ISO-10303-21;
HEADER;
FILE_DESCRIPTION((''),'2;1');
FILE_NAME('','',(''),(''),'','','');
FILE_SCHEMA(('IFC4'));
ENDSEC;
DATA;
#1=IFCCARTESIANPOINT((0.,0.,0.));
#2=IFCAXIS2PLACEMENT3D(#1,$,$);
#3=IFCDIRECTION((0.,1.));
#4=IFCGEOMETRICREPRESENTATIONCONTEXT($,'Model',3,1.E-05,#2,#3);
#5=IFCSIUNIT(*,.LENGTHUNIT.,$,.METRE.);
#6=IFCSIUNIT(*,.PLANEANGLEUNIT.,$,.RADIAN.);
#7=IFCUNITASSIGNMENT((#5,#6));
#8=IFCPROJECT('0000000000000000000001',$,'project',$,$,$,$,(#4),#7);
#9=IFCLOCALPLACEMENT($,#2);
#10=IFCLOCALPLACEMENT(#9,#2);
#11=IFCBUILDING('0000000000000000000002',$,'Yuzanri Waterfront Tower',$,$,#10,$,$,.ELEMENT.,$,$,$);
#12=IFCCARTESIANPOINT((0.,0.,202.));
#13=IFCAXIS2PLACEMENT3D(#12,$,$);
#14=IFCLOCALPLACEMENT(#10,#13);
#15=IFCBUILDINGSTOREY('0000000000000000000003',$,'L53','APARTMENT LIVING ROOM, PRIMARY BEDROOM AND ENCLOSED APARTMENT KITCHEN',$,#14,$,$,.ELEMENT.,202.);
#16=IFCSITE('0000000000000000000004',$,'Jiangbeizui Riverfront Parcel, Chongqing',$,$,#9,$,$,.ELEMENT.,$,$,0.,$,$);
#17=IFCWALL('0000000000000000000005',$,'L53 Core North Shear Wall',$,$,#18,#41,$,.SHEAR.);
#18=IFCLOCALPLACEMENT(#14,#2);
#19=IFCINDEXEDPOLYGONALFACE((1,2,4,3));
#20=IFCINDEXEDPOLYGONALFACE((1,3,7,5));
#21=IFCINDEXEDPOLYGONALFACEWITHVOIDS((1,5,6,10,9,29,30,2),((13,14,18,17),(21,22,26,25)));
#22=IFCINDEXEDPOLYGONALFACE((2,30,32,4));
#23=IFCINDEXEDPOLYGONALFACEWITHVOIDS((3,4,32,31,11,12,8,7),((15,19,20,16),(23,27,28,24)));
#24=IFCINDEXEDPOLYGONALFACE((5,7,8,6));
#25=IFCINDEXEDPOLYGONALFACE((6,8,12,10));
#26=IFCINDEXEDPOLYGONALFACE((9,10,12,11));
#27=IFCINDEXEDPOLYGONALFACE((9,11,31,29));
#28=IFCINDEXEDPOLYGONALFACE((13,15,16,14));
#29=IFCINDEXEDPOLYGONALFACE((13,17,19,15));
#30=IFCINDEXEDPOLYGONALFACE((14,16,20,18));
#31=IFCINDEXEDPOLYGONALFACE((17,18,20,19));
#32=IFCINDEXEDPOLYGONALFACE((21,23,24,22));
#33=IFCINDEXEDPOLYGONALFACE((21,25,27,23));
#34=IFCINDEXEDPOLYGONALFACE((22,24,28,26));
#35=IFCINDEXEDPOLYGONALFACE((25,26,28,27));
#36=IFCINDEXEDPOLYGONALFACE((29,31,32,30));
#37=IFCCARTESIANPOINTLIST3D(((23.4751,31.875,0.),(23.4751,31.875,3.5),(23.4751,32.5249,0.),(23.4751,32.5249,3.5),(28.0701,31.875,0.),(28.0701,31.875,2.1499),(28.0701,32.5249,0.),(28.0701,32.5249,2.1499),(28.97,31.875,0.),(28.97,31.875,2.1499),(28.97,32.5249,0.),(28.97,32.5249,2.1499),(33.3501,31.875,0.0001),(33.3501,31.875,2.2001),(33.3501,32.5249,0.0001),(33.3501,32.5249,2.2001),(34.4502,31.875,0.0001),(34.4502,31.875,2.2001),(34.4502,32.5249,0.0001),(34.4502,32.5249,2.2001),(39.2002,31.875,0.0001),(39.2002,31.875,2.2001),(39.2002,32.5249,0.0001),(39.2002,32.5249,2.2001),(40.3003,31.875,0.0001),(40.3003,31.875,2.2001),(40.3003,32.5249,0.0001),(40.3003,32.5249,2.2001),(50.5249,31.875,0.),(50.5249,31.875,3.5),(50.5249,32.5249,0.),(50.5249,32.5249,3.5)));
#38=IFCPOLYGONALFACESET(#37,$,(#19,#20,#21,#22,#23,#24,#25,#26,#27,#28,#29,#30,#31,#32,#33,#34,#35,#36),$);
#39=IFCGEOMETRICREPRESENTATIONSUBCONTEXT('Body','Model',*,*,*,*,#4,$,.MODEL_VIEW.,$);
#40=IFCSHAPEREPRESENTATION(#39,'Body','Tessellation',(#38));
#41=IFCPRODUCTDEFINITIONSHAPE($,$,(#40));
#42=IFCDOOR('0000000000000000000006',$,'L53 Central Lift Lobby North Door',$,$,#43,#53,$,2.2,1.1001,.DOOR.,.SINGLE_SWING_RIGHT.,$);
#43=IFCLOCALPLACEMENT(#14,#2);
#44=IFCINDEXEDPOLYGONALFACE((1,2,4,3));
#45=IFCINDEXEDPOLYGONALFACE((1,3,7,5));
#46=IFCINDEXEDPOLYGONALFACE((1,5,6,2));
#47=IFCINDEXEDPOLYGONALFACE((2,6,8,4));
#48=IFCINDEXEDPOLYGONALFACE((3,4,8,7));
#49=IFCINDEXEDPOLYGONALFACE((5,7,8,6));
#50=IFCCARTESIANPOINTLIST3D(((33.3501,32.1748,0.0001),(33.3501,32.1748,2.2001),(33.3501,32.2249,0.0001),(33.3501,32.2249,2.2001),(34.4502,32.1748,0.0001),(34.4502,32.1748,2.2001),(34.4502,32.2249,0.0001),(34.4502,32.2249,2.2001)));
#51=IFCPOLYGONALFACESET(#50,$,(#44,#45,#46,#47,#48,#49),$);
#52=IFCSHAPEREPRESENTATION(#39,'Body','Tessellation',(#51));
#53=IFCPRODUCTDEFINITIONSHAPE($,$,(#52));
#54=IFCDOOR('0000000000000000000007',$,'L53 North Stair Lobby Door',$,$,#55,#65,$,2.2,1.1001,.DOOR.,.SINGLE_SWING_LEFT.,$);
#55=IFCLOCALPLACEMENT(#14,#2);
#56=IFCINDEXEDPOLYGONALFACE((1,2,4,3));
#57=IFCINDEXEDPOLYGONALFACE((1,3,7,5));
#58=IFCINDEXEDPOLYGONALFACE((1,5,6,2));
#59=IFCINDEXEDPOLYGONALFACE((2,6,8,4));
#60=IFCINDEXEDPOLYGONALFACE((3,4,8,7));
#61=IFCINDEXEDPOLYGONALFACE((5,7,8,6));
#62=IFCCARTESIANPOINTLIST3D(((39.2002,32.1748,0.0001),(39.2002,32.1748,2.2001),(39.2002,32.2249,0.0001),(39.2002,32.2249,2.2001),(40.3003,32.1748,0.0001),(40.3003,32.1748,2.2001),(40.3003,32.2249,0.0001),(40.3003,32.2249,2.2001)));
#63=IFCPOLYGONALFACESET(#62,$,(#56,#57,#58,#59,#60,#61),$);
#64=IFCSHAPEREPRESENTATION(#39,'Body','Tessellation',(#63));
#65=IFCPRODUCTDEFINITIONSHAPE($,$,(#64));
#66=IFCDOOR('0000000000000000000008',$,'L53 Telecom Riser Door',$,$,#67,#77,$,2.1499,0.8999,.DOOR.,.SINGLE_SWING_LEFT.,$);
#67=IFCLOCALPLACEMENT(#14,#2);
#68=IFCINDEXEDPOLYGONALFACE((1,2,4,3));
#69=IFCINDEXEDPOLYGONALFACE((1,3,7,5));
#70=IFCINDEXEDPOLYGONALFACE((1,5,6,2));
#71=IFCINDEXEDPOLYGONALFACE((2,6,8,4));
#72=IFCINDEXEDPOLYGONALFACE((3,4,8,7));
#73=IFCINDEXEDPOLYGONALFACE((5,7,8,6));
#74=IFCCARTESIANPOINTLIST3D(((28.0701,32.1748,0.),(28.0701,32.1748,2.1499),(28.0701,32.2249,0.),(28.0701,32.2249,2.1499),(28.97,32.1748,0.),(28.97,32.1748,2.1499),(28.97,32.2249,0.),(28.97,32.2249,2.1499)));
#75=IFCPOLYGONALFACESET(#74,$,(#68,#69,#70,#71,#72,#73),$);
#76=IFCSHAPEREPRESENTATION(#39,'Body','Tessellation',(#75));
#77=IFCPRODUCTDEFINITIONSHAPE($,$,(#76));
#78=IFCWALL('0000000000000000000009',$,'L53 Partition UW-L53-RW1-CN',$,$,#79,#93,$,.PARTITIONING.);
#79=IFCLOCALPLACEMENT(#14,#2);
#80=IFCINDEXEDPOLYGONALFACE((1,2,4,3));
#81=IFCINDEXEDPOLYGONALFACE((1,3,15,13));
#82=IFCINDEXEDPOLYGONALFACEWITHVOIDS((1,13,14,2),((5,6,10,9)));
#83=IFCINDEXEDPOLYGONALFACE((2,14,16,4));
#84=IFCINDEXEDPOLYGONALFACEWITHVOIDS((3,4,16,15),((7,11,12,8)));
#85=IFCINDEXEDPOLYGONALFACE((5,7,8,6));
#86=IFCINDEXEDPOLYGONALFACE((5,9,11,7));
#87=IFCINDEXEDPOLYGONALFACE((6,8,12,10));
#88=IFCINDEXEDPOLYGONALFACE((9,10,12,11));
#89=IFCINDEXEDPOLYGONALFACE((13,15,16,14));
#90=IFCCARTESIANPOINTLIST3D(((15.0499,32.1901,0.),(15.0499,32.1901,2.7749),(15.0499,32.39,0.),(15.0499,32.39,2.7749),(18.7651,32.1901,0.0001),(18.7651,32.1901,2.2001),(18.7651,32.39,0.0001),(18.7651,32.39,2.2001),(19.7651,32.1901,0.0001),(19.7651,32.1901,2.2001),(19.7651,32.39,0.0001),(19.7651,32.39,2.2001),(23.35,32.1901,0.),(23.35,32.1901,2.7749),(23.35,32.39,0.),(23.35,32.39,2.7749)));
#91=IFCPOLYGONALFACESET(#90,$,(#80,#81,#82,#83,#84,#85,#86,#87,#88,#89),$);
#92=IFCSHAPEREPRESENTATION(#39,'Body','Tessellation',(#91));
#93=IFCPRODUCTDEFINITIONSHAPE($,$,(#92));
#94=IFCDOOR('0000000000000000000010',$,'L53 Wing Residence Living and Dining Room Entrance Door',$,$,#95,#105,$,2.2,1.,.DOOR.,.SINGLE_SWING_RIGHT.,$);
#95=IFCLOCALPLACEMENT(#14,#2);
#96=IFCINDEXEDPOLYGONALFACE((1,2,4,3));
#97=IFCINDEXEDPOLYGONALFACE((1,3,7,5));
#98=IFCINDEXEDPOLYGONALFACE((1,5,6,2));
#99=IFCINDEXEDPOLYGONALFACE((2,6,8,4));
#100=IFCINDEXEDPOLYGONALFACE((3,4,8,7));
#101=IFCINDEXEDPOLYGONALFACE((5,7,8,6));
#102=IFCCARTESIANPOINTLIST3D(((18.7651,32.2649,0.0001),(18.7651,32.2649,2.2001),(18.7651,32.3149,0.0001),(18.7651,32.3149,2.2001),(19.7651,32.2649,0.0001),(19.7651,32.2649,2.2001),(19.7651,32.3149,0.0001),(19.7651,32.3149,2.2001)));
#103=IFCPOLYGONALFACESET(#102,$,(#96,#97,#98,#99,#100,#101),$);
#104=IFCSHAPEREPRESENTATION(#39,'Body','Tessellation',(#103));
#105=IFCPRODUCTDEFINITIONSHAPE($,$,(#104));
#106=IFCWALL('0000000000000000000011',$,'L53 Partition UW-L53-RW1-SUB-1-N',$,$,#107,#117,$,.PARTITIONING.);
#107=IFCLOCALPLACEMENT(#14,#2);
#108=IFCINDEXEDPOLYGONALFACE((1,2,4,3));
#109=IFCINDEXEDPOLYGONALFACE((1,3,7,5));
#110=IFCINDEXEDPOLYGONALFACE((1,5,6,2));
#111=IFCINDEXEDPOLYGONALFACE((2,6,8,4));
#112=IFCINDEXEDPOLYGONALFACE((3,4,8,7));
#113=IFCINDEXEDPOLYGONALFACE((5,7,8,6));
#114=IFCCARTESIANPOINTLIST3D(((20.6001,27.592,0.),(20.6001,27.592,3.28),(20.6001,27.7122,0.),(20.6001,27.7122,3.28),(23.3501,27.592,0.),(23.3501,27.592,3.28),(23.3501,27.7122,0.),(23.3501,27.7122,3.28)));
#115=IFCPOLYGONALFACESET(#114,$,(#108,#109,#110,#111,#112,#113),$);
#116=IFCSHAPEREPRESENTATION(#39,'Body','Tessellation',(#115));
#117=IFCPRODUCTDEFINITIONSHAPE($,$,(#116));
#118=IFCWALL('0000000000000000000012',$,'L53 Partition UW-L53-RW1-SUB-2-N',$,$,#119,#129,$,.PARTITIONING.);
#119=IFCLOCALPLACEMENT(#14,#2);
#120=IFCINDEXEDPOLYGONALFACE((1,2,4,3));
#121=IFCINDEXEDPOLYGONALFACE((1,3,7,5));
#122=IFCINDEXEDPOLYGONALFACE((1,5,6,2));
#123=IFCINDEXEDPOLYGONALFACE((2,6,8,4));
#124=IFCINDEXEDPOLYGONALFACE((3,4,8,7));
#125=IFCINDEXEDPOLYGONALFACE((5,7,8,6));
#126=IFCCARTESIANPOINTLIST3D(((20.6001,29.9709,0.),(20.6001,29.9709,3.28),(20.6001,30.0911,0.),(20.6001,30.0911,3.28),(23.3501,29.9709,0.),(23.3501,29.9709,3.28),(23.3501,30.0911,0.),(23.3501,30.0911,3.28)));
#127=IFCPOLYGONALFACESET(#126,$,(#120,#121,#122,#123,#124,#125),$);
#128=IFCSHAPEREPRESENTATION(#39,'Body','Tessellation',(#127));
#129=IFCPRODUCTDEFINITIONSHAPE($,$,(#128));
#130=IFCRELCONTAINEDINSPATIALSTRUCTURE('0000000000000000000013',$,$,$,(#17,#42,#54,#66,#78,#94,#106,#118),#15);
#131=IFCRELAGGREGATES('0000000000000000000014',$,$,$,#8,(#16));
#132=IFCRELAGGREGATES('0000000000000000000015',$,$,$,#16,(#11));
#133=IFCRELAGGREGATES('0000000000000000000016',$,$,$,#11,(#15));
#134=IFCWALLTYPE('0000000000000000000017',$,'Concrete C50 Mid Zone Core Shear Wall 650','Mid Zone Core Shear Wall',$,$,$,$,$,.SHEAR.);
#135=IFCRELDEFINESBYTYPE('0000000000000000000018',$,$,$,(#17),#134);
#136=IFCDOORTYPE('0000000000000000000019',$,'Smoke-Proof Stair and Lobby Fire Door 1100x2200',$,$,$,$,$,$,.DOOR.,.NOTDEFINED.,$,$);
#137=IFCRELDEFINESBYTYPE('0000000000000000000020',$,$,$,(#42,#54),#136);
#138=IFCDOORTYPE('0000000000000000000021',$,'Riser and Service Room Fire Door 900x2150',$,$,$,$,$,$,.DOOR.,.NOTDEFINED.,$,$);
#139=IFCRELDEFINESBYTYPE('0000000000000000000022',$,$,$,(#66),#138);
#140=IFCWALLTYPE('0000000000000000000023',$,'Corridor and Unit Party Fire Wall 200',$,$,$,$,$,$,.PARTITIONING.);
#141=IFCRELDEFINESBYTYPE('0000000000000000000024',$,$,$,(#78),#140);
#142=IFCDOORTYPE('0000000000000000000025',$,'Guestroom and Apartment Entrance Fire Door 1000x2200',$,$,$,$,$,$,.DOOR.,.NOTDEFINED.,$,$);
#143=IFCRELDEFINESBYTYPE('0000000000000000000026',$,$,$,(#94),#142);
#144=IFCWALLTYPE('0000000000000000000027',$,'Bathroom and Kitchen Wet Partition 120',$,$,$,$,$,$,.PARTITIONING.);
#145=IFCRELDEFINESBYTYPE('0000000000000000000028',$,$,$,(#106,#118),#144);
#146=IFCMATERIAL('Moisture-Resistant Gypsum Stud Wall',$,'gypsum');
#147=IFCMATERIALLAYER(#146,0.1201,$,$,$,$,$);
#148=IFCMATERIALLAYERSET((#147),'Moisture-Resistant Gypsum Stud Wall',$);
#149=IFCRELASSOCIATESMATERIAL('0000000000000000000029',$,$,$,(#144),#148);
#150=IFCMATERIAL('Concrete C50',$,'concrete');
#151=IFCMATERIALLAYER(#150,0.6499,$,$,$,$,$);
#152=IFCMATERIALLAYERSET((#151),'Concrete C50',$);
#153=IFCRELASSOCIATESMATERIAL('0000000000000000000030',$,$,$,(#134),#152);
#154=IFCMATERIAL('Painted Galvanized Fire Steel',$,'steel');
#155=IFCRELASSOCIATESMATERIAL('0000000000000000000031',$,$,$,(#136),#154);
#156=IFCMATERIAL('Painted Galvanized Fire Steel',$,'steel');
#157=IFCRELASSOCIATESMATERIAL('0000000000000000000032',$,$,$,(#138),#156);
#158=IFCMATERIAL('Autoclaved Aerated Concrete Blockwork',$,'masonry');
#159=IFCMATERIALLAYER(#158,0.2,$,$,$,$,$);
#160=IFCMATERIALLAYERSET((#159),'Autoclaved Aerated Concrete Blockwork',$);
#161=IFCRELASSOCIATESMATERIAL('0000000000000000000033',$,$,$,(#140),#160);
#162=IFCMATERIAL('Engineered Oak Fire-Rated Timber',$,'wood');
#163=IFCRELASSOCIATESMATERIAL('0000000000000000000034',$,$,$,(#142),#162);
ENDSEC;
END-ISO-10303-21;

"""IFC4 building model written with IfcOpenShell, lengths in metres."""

from ifc_helpers import new_model, si_unit, direction, frame, frame_2d, origin, place, context, subcontext, project, spatial, rectangle, extrude, source, transform, mapped, material, layer, layer_set, type_object, element, fill, save


model = new_model("IFC4")

# Units and contexts
model_context = context("Model", 3, precision=1e-05, world=origin(), true_north=direction((0.0, 1.0)))
body_context = subcontext(model_context, "Body", "Model", "MODEL_VIEW")
ifc_project = project(units=[si_unit("LENGTHUNIT", "METRE"), si_unit("PLANEANGLEUNIT", "RADIAN")], contexts=[model_context])

# Site, building, storey
site_placement = place(None, origin())
site = spatial("IfcSite", under=ifc_project, at=site_placement, Name="Jiangbeizui Riverfront Parcel, Chongqing", CompositionType="ELEMENT", RefElevation=0.0)
building_placement = place(site_placement, origin())
building = spatial("IfcBuilding", under=site, at=building_placement, Name="Yuzanri Waterfront Tower", CompositionType="ELEMENT")
storey_placement = place(building_placement, frame((0.0, 0.0, 202.0)))
storey = spatial("IfcBuildingStorey", under=building, at=storey_placement, Name="L53", Description="APARTMENT LIVING ROOM, PRIMARY BEDROOM AND ENCLOSED APARTMENT KITCHEN", CompositionType="ELEMENT", Elevation=202.0)

# Shared definitions
ifc_material_1 = material(Name="Moisture-Resistant Gypsum Stud Wall", Category="gypsum")
ifc_layer_1 = layer(ifc_material_1, 0.1201)
ifc_layer_set_1 = layer_set([ifc_layer_1], Name="Moisture-Resistant Gypsum Stud Wall")
wall_type_1 = type_object("IfcWallType", Name="Bathroom and Kitchen Wet Partition 120", PredefinedType="PARTITIONING", material=ifc_layer_set_1)

# Wall, openings, doors
ifc_material_2 = material(Name="Concrete C50", Category="concrete")
ifc_layer_2 = layer(ifc_material_2, 0.6499)
ifc_layer_set_2 = layer_set([ifc_layer_2], Name="Concrete C50")
wall_type_2 = type_object("IfcWallType", Name="Concrete C50 Mid Zone Core Shear Wall 650", Description="Mid Zone Core Shear Wall", PredefinedType="SHEAR", material=ifc_layer_set_2)
wall_1_placement = place(storey_placement, frame((23.4751, 32.2, 0.0), z_axis=(0.0, 0.0, 1.0), x_axis=(1.0, 0.0, 0.0)))
wall_1 = element("IfcWall", 1, at=wall_1_placement, inside=storey, type_object=wall_type_2, Name="L53 Core North Shear Wall", PredefinedType="SHEAR", context=body_context, shape_type="SweptSolid", body=[
    extrude(rectangle(XDim=27.0498, YDim=0.6499, at=frame_2d((13.5249, 0.0))), origin(), (0.0, 0.0, 1.0), 3.5),
])
opening_1_placement = place(wall_1_placement, frame((4.595, 0.0, 0.0)))
opening_1 = element("IfcOpeningElement", 2, at=opening_1_placement, cuts=wall_1, PredefinedType="OPENING", context=body_context, shape_type="SweptSolid", body=[
    extrude(rectangle(XDim=0.8999, YDim=2.1499, at=frame_2d((0.45, 1.075))), frame((0.0, 0.3398, 0.0), z_axis=(0.0, -1.0, 0.0), x_axis=(1.0, 0.0, 0.0)), (0.0, 0.0, 1.0), 0.6797),
])
opening_2_placement = place(wall_1_placement, frame((9.875, 0.0, 0.0)))
opening_2 = element("IfcOpeningElement", 3, at=opening_2_placement, cuts=wall_1, PredefinedType="OPENING", context=body_context, shape_type="SweptSolid", body=[
    extrude(rectangle(XDim=1.1001, YDim=2.2, at=frame_2d((0.55, 1.1001))), frame((0.0, 0.3398, 0.0), z_axis=(0.0, -1.0, 0.0), x_axis=(1.0, 0.0, 0.0)), (0.0, 0.0, 1.0), 0.6797),
])
opening_3_placement = place(wall_1_placement, frame((15.7251, 0.0, 0.0)))
opening_3 = element("IfcOpeningElement", 4, at=opening_3_placement, cuts=wall_1, PredefinedType="OPENING", context=body_context, shape_type="SweptSolid", body=[
    extrude(rectangle(XDim=1.1001, YDim=2.2, at=frame_2d((0.55, 1.1001))), frame((0.0, 0.3398, 0.0), z_axis=(0.0, -1.0, 0.0), x_axis=(1.0, 0.0, 0.0)), (0.0, 0.0, 1.0), 0.6797),
])
ifc_material_3 = material(Name="Painted Galvanized Fire Steel", Category="steel")
door_type_1 = type_object("IfcDoorType", Name="Smoke-Proof Stair and Lobby Fire Door 1100x2200", OperationType="NOTDEFINED", PredefinedType="DOOR", material=ifc_material_3)
shared_shape_1 = source(origin(), body_context, "Body", "SweptSolid", [
    extrude(rectangle(XDim=1.1001, YDim=2.2, at=frame_2d((0.55, 1.1001))), frame((0.0, 0.0249, 0.0), z_axis=(0.0, -1.0, 0.0), x_axis=(1.0, 0.0, 0.0)), (0.0, 0.0, 1.0), 0.05),
])
door_1_placement = place(opening_2_placement, origin())
door_1 = element("IfcDoor", 5, at=door_1_placement, inside=storey, type_object=door_type_1, Name="L53 Central Lift Lobby North Door", OperationType="SINGLE_SWING_RIGHT", OverallHeight=2.2, OverallWidth=1.1001, PredefinedType="DOOR", context=body_context, shape_type="MappedRepresentation", body=[
    mapped(shared_shape_1, transform((0.0, 0.0, 0.0), scale=1.0)),
])
fill(opening_2, door_1)
door_2_placement = place(opening_3_placement, origin())
door_2 = element("IfcDoor", 6, at=door_2_placement, inside=storey, type_object=door_type_1, Name="L53 North Stair Lobby Door", OperationType="SINGLE_SWING_LEFT", OverallHeight=2.2, OverallWidth=1.1001, PredefinedType="DOOR", context=body_context, shape_type="MappedRepresentation", body=[
    mapped(shared_shape_1, transform((0.0, 0.0, 0.0), scale=1.0)),
])
fill(opening_3, door_2)
ifc_material_4 = material(Name="Painted Galvanized Fire Steel", Category="steel")
door_type_2 = type_object("IfcDoorType", Name="Riser and Service Room Fire Door 900x2150", OperationType="NOTDEFINED", PredefinedType="DOOR", material=ifc_material_4)
shared_shape_2 = source(origin(), body_context, "Body", "SweptSolid", [
    extrude(rectangle(XDim=0.8999, YDim=2.1499, at=frame_2d((0.45, 1.075))), frame((0.0, 0.0249, 0.0), z_axis=(0.0, -1.0, 0.0), x_axis=(1.0, 0.0, 0.0)), (0.0, 0.0, 1.0), 0.05),
])
door_3_placement = place(opening_1_placement, origin())
door_3 = element("IfcDoor", 7, at=door_3_placement, inside=storey, type_object=door_type_2, Name="L53 Telecom Riser Door", OperationType="SINGLE_SWING_LEFT", OverallHeight=2.1499, OverallWidth=0.8999, PredefinedType="DOOR", context=body_context, shape_type="MappedRepresentation", body=[
    mapped(shared_shape_2, transform((0.0, 0.0, 0.0), scale=1.0)),
])
fill(opening_1, door_3)

# Wall, opening, door
ifc_material_5 = material(Name="Autoclaved Aerated Concrete Blockwork", Category="masonry")
ifc_layer_3 = layer(ifc_material_5, 0.2)
ifc_layer_set_3 = layer_set([ifc_layer_3], Name="Autoclaved Aerated Concrete Blockwork")
wall_type_3 = type_object("IfcWallType", Name="Corridor and Unit Party Fire Wall 200", PredefinedType="PARTITIONING", material=ifc_layer_set_3)
wall_2_placement = place(storey_placement, frame((15.05, 32.29, 0.0), z_axis=(0.0, 0.0, 1.0), x_axis=(1.0, 0.0, 0.0)))
wall_2 = element("IfcWall", 8, at=wall_2_placement, inside=storey, type_object=wall_type_3, Name="L53 Partition UW-L53-RW1-CN", PredefinedType="PARTITIONING", context=body_context, shape_type="SweptSolid", body=[
    extrude(rectangle(XDim=8.3, YDim=0.2, at=frame_2d((4.1499, 0.0))), origin(), (0.0, 0.0, 1.0), 2.7749),
])
opening_4_placement = place(wall_2_placement, frame((3.7151, 0.0, 0.0)))
opening_4 = element("IfcOpeningElement", 9, at=opening_4_placement, cuts=wall_2, PredefinedType="OPENING", context=body_context, shape_type="SweptSolid", body=[
    extrude(rectangle(XDim=1.0, YDim=2.2, at=frame_2d((0.5, 1.1001))), frame((0.0, 0.1147, 0.0), z_axis=(0.0, -1.0, 0.0), x_axis=(1.0, 0.0, 0.0)), (0.0, 0.0, 1.0), 0.2297),
])
ifc_material_6 = material(Name="Engineered Oak Fire-Rated Timber", Category="wood")
door_type_3 = type_object("IfcDoorType", Name="Guestroom and Apartment Entrance Fire Door 1000x2200", OperationType="NOTDEFINED", PredefinedType="DOOR", material=ifc_material_6)
shared_shape_3 = source(origin(), body_context, "Body", "SweptSolid", [
    extrude(rectangle(XDim=1.0, YDim=2.2, at=frame_2d((0.5, 1.1001))), frame((0.0, 0.0249, 0.0), z_axis=(0.0, -1.0, 0.0), x_axis=(1.0, 0.0, 0.0)), (0.0, 0.0, 1.0), 0.05),
])
door_4_placement = place(opening_4_placement, origin())
door_4 = element("IfcDoor", 10, at=door_4_placement, inside=storey, type_object=door_type_3, Name="L53 Wing Residence Living and Dining Room Entrance Door", OperationType="SINGLE_SWING_RIGHT", OverallHeight=2.2, OverallWidth=1.0, PredefinedType="DOOR", context=body_context, shape_type="MappedRepresentation", body=[
    mapped(shared_shape_3, transform((0.0, 0.0, 0.0), scale=1.0)),
])
fill(opening_4, door_4)

# Walls
shared_shape_4 = source(origin(), body_context, "Body", "SweptSolid", [
    extrude(rectangle(XDim=2.75, YDim=0.1201, at=frame_2d((1.375, 0.0))), origin(), (0.0, 0.0, 1.0), 3.28),
])
for number, where, z_axis, x_axis, name in (
    (11, (20.6001, 27.6521, 0.0), (0.0, 0.0, 1.0), (1.0, 0.0, 0.0), "L53 Partition UW-L53-RW1-SUB-1-N"),
    (12, (20.6001, 30.031, 0.0), (0.0, 0.0, 1.0), (1.0, 0.0, 0.0), "L53 Partition UW-L53-RW1-SUB-2-N"),
):
    element("IfcWall", number, at=place(storey_placement, frame(where, z_axis=z_axis, x_axis=x_axis)), inside=storey, type_object=wall_type_1, Name=name, PredefinedType="PARTITIONING", context=body_context, shape_type="MappedRepresentation", body=[
        mapped(shared_shape_4, transform((0.0, 0.0, 0.0), scale=1.0)),
    ])

save(model, "model.ifc")
